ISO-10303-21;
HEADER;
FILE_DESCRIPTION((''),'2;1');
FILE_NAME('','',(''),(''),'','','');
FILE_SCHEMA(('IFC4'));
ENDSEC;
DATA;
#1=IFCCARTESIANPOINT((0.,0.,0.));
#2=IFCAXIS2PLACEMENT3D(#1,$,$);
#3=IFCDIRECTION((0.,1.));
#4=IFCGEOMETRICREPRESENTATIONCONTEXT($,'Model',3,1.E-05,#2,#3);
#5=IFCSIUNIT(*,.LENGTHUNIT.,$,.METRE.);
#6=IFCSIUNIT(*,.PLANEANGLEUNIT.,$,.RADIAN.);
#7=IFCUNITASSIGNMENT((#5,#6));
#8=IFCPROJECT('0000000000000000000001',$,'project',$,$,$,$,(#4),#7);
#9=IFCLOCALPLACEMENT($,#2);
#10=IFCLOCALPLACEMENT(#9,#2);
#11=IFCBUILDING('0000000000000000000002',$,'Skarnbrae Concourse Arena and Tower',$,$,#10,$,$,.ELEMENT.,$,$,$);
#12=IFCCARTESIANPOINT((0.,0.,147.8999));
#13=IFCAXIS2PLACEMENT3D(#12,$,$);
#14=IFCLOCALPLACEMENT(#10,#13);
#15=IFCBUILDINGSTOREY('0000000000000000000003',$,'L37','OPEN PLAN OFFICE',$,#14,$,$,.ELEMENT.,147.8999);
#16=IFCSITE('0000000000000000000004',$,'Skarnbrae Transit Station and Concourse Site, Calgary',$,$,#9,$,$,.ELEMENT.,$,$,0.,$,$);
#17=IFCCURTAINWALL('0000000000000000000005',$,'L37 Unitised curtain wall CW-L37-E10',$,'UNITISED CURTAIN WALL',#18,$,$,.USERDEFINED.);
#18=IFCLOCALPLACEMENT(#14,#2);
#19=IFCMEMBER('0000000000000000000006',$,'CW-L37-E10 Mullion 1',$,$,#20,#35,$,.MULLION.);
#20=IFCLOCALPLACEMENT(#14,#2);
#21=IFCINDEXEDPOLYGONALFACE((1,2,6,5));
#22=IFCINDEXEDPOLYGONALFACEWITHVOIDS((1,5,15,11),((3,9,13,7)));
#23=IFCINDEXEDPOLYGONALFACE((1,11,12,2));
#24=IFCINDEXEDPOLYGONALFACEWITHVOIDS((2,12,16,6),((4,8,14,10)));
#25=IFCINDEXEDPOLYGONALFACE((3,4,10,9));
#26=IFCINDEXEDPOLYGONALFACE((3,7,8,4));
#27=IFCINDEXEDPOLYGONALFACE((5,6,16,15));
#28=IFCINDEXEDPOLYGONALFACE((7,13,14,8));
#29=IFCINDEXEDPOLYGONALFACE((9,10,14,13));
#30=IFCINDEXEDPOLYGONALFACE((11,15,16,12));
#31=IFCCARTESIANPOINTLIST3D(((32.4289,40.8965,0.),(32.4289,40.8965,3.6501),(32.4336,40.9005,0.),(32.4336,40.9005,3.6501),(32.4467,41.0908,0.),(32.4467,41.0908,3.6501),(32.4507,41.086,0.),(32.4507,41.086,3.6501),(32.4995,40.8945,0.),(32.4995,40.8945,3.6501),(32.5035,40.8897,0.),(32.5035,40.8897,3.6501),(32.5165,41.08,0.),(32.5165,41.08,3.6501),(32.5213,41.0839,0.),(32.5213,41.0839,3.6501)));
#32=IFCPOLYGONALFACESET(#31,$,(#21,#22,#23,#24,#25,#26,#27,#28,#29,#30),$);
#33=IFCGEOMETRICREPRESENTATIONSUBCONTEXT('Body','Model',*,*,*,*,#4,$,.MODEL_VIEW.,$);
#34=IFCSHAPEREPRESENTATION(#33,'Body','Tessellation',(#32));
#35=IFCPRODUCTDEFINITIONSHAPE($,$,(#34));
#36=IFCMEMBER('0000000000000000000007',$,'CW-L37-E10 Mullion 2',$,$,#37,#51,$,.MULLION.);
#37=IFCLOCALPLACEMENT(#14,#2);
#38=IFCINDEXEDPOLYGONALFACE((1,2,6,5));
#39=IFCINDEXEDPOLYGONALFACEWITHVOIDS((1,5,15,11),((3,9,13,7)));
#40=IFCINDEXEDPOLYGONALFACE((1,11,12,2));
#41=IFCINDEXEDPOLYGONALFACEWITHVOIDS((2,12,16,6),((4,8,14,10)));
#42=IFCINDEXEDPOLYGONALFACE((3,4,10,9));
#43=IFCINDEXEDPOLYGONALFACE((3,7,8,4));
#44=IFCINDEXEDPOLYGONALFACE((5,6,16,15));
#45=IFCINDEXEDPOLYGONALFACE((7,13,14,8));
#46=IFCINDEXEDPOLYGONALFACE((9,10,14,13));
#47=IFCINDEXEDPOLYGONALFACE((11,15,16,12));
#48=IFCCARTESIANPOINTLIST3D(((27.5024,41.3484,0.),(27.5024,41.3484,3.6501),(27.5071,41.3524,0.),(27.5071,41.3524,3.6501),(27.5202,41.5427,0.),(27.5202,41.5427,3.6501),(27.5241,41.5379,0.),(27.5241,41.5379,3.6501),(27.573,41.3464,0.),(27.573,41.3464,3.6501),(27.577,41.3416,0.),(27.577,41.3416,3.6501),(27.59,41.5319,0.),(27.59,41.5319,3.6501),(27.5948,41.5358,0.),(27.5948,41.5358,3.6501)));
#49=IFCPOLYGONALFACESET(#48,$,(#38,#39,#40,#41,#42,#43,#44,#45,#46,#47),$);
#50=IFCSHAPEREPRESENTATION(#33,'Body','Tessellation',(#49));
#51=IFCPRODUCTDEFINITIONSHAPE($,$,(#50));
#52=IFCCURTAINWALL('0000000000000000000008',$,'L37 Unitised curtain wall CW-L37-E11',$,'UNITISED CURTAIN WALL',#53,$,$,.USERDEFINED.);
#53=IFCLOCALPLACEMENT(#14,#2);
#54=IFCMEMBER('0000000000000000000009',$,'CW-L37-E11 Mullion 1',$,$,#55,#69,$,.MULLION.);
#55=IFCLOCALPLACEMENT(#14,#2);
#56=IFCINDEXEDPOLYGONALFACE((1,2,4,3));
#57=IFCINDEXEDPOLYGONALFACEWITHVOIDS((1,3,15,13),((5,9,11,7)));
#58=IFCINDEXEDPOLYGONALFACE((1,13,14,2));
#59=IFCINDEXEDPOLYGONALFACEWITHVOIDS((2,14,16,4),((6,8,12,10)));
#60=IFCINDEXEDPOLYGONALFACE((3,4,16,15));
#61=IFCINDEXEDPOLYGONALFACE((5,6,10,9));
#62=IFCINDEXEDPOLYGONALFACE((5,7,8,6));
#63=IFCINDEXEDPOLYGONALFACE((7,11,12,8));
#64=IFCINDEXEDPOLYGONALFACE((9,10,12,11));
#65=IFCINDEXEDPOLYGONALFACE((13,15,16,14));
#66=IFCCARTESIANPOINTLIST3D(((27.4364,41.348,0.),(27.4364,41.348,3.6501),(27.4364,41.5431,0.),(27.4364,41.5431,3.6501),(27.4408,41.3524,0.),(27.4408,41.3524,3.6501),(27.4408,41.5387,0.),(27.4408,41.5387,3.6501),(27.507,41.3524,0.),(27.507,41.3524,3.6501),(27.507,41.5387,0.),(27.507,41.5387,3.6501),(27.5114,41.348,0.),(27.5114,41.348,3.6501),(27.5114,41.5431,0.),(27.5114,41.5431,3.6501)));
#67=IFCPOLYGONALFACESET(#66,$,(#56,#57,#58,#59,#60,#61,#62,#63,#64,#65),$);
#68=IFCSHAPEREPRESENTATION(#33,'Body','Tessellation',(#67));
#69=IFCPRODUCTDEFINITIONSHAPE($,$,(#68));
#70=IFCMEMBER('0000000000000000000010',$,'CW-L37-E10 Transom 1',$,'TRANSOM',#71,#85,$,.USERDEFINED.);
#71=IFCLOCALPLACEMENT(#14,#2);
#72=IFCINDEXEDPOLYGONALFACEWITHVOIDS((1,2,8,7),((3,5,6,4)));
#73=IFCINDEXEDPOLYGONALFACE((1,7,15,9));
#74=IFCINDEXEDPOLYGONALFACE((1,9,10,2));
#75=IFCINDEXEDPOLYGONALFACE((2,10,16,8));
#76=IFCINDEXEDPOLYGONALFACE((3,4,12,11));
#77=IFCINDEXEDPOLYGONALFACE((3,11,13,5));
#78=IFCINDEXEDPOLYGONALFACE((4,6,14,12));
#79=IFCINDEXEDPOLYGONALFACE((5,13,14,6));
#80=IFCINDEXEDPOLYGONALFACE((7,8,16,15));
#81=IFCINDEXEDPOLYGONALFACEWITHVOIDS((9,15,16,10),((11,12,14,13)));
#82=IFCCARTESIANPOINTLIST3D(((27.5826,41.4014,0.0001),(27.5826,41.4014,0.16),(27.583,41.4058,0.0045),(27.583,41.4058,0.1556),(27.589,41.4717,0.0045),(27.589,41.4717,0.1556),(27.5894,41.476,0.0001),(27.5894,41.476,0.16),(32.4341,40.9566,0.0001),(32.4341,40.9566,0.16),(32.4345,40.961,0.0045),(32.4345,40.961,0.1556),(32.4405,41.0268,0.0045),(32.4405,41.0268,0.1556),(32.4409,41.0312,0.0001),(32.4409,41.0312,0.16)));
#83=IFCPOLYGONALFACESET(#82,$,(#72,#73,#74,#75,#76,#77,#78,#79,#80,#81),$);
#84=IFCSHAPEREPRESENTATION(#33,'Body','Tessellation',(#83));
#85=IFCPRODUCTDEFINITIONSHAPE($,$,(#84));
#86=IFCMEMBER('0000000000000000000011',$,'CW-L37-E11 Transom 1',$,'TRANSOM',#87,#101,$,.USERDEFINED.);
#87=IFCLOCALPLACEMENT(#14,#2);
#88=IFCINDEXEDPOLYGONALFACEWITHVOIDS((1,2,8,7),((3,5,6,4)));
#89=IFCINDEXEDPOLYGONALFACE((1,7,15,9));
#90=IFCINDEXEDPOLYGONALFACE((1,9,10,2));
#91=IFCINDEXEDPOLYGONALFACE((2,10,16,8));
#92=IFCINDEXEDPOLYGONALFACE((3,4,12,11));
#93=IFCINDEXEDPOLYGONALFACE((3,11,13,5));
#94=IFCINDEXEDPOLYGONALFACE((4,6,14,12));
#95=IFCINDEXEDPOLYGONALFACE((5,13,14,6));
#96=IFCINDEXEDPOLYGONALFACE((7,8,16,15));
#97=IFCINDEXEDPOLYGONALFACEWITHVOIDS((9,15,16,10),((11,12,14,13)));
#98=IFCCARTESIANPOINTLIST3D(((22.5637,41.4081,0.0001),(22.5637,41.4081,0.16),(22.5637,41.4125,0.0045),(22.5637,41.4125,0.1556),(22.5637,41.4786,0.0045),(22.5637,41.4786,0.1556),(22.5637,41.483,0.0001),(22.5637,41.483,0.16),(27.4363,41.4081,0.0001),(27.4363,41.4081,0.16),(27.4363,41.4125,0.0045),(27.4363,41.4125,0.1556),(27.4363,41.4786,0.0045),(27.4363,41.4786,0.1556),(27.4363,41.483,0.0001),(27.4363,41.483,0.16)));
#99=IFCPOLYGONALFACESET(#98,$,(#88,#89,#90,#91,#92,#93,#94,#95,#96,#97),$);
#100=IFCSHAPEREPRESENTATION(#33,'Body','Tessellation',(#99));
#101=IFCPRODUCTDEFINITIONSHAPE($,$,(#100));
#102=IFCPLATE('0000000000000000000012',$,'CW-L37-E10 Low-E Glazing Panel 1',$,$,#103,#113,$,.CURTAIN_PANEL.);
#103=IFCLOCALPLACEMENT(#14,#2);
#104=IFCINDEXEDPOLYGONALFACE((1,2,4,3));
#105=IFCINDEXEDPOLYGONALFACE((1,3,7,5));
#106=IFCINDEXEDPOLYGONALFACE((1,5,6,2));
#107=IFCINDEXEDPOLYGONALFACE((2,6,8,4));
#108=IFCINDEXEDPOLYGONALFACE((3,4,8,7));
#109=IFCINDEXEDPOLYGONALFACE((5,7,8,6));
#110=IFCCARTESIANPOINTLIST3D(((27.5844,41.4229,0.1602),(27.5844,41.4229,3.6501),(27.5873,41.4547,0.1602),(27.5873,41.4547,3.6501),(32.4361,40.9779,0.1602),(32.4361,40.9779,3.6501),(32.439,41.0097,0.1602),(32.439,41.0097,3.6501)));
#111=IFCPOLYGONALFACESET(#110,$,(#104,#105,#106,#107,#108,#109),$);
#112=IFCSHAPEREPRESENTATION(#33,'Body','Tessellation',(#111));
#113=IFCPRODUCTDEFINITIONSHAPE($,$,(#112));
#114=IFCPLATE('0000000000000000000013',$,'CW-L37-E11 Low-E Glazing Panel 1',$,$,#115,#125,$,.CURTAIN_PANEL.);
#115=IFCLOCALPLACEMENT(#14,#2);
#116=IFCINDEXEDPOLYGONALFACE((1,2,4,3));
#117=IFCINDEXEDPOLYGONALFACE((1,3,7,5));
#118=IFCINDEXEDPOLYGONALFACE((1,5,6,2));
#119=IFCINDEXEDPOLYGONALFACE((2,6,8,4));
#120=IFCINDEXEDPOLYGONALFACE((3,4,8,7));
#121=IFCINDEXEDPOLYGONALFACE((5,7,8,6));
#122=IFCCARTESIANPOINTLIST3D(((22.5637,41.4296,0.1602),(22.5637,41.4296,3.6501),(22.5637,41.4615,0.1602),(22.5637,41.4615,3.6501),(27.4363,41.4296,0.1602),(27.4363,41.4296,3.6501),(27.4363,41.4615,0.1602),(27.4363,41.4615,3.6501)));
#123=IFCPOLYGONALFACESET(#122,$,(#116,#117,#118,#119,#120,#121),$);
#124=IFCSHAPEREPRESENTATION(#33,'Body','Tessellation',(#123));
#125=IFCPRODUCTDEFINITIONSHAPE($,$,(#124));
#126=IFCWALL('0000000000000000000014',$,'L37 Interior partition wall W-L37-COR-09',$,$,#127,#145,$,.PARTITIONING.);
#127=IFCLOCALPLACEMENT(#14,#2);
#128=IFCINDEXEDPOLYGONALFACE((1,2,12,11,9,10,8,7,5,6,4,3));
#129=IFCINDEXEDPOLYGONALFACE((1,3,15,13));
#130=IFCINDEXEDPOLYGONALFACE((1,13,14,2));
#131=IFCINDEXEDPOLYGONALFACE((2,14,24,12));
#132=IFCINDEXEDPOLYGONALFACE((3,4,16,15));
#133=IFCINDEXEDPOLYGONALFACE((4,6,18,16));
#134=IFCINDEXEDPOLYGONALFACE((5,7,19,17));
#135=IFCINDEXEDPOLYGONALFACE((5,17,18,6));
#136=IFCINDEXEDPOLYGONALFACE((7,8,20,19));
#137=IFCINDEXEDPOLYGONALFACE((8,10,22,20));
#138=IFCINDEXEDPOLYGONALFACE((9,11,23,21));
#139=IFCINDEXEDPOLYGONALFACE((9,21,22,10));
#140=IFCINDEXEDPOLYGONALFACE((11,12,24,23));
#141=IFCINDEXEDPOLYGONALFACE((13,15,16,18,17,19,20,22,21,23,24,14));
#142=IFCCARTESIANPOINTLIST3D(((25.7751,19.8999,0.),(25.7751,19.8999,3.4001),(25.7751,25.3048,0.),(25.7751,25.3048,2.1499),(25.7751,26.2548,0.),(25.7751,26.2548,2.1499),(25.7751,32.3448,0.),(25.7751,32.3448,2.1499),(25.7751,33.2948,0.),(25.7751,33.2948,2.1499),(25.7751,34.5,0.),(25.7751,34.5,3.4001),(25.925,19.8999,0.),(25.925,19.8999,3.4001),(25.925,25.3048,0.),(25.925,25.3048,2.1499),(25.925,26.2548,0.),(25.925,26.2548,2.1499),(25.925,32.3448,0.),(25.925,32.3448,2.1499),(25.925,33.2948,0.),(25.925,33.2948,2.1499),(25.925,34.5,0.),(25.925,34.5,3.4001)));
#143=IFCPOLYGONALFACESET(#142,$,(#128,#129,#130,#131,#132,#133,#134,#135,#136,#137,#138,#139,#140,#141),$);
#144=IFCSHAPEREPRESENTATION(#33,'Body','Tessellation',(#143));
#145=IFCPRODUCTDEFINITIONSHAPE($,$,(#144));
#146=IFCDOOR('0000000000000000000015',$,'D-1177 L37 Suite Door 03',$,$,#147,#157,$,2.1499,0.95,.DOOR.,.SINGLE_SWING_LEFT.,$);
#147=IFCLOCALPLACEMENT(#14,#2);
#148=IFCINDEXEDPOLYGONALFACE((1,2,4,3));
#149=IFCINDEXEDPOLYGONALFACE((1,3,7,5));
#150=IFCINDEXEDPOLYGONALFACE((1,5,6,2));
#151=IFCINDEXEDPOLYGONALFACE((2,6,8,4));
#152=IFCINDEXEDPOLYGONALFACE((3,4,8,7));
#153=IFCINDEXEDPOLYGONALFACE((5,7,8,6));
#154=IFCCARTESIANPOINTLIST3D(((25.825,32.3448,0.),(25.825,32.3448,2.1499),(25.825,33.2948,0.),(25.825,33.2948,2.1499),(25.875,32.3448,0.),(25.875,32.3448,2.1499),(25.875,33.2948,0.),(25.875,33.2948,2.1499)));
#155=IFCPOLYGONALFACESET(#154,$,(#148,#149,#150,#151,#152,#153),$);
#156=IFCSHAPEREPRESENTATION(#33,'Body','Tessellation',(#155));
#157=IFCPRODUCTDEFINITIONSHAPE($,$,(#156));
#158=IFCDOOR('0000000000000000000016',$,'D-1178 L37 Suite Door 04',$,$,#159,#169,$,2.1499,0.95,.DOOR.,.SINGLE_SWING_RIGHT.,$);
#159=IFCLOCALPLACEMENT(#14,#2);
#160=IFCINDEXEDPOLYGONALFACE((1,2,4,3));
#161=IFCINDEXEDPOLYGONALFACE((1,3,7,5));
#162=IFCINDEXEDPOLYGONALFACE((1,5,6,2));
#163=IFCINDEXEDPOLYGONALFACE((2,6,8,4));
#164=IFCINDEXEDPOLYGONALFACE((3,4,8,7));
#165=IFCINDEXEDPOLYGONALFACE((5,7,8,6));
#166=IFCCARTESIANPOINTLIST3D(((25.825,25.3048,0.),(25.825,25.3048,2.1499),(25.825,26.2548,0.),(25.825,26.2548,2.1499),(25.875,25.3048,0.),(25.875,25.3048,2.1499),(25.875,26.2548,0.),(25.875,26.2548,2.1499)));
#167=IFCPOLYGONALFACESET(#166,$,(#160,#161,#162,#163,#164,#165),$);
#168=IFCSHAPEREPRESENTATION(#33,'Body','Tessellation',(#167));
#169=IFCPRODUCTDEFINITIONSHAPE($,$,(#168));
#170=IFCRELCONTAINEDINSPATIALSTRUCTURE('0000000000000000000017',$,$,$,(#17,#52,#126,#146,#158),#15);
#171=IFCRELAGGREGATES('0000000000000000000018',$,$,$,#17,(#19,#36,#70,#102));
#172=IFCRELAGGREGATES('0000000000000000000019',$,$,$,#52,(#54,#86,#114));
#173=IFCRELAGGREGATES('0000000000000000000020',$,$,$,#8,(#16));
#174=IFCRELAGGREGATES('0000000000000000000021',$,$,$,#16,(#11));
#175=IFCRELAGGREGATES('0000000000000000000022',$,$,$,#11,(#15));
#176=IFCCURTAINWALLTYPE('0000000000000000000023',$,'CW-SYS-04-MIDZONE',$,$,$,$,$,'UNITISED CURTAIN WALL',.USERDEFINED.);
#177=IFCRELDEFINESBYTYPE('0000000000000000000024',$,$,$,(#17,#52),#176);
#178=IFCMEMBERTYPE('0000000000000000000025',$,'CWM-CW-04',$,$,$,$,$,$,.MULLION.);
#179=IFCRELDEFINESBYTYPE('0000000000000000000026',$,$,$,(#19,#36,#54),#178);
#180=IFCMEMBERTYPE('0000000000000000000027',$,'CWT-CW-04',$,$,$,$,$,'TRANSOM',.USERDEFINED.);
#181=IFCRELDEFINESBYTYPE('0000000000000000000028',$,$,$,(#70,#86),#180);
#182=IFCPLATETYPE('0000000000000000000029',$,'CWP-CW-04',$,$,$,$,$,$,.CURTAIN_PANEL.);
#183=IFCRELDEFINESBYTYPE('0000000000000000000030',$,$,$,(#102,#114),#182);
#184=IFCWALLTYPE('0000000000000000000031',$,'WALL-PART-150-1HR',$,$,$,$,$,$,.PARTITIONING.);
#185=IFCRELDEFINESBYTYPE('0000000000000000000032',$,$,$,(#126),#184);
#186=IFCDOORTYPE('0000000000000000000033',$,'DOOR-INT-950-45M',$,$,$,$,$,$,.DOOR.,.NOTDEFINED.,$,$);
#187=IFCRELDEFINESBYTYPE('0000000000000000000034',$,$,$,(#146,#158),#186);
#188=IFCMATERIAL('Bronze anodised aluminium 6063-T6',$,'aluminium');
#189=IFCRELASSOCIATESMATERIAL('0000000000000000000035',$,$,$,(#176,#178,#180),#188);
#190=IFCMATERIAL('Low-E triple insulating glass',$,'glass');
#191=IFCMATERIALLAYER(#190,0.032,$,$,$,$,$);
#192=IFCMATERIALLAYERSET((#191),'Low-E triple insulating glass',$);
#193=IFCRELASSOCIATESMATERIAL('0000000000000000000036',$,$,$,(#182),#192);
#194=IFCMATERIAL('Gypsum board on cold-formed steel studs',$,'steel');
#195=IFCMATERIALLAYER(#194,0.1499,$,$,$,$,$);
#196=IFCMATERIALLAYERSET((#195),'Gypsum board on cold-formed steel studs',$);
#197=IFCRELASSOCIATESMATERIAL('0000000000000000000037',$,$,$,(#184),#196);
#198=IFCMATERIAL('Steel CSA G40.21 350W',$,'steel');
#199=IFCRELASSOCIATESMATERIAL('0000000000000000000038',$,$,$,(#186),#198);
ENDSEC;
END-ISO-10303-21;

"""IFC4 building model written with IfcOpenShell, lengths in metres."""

from ifc_helpers import new_model, si_unit, direction, frame, frame_2d, origin, origin_2d, place, context, subcontext, project, spatial, rectangle, hollow_rectangle, extrude, source, transform, mapped, material, layer, layer_set, material_profile, profile_set, type_object, element, fill, aggregate, save


model = new_model("IFC4")

# Units and contexts
model_context = context("Model", 3, precision=1e-05, world=origin(), true_north=direction((0.0, 1.0)))
body_context = subcontext(model_context, "Body", "Model", "MODEL_VIEW")
ifc_project = project(units=[si_unit("LENGTHUNIT", "METRE"), si_unit("PLANEANGLEUNIT", "RADIAN")], contexts=[model_context])

# Site, building, storey
site_placement = place(None, origin())
site = spatial("IfcSite", under=ifc_project, at=site_placement, Name="Skarnbrae Transit Station and Concourse Site, Calgary", CompositionType="ELEMENT", RefElevation=0.0)
building_placement = place(site_placement, origin())
building = spatial("IfcBuilding", under=site, at=building_placement, Name="Skarnbrae Concourse Arena and Tower", CompositionType="ELEMENT")
storey_placement = place(building_placement, frame((0.0, 0.0, 147.8999)))
storey = spatial("IfcBuildingStorey", under=building, at=storey_placement, Name="L37", Description="OPEN PLAN OFFICE", CompositionType="ELEMENT", Elevation=147.8999)

# Shared definitions
ifc_material_1 = material(Name="Steel CSA G40.21 350W", Category="steel")

# Shared definitions
ifc_material_2 = material(Name="Bronze anodised aluminium 6063-T6", Category="aluminium")
curtain_wall_type = type_object("IfcCurtainWallType", Name="CW-SYS-04-MIDZONE", ElementType="UNITISED CURTAIN WALL", PredefinedType="USERDEFINED", material=ifc_material_2)
ifc_material_profile_1 = material_profile(ifc_material_2, hollow_rectangle(XDim=0.075, YDim=0.1951, WallThickness=0.0044, at=origin_2d()), Name="ALU-MULL-75X195")
ifc_profile_set_1 = profile_set([ifc_material_profile_1], Name="Bronze anodised aluminium 6063-T6")
member_type_1 = type_object("IfcMemberType", Name="CWM-CW-04", PredefinedType="MULLION", material=ifc_profile_set_1)
shared_shape_1 = source(origin(), body_context, "Body", "SweptSolid", [
    extrude(hollow_rectangle(XDim=0.075, YDim=0.1951, WallThickness=0.0044, at=origin_2d()), origin(), (0.0, 0.0, 1.0), 3.6501),
])

# Curtain wall, members
curtain_wall_1_placement = place(storey_placement, origin())
curtain_wall_1 = element("IfcCurtainWall", 1, at=curtain_wall_1_placement, inside=storey, type_object=curtain_wall_type, Name="L37 Unitised curtain wall CW-L37-E10", ObjectType="UNITISED CURTAIN WALL", PredefinedType="USERDEFINED")
member_1_placement = place(storey_placement, frame((32.4751, 40.9902, 0.0), z_axis=(0.0, 0.0, 1.0), x_axis=(-0.99582, 0.091338, 0.0)))
member_1 = element("IfcMember", 2, at=member_1_placement, type_object=member_type_1, Name="CW-L37-E10 Mullion 1", PredefinedType="MULLION", context=body_context, shape_type="MappedRepresentation", body=[
    mapped(shared_shape_1, transform((0.0, 0.0, 0.0))),
])
member_2_placement = place(storey_placement, frame((27.5486, 41.4421, 0.0), z_axis=(0.0, 0.0, 1.0), x_axis=(-0.99582, 0.091338, 0.0)))
member_2 = element("IfcMember", 3, at=member_2_placement, type_object=member_type_1, Name="CW-L37-E10 Mullion 2", PredefinedType="MULLION", context=body_context, shape_type="MappedRepresentation", body=[
    mapped(shared_shape_1, transform((0.0, 0.0, 0.0))),
])

# Curtain wall, member
curtain_wall_2_placement = place(storey_placement, origin())
curtain_wall_2 = element("IfcCurtainWall", 4, at=curtain_wall_2_placement, inside=storey, type_object=curtain_wall_type, Name="L37 Unitised curtain wall CW-L37-E11", ObjectType="UNITISED CURTAIN WALL", PredefinedType="USERDEFINED")
member_3_placement = place(storey_placement, frame((27.4739, 41.4456, 0.0), z_axis=(0.0, 0.0, 1.0), x_axis=(-1.0, 0.0, 0.0)))
member_3 = element("IfcMember", 5, at=member_3_placement, type_object=member_type_1, Name="CW-L37-E11 Mullion 1", PredefinedType="MULLION", context=body_context, shape_type="MappedRepresentation", body=[
    mapped(shared_shape_1, transform((0.0, 0.0, 0.0))),
])

# Members
ifc_material_profile_2 = material_profile(ifc_material_2, hollow_rectangle(XDim=0.075, YDim=0.1599, WallThickness=0.0044, at=origin_2d()), Name="ALU-TRAN-75X160")
ifc_profile_set_2 = profile_set([ifc_material_profile_2], Name="Bronze anodised aluminium 6063-T6")
member_type_2 = type_object("IfcMemberType", Name="CWT-CW-04", ElementType="TRANSOM", PredefinedType="USERDEFINED", material=ifc_profile_set_2)
shared_shape_2 = source(origin(), body_context, "Body", "SweptSolid", [
    extrude(hollow_rectangle(XDim=0.075, YDim=0.1599, WallThickness=0.0044, at=origin_2d()), origin(), (0.0, 0.0, 1.0), 4.8718),
])
member_4_placement = place(storey_placement, frame((32.4375, 40.9939, 0.0801), z_axis=(-0.995823, 0.091304, 0.0), x_axis=(-0.091304, -0.995823, 0.0)))
member_4 = element("IfcMember", 6, at=member_4_placement, type_object=member_type_2, Name="CW-L37-E10 Transom 1", ObjectType="TRANSOM", PredefinedType="USERDEFINED", context=body_context, shape_type="MappedRepresentation", body=[
    mapped(shared_shape_2, transform((0.0, 0.0, 0.0))),
])
shared_shape_3 = source(origin(), body_context, "Body", "SweptSolid", [
    extrude(hollow_rectangle(XDim=0.075, YDim=0.1599, WallThickness=0.0044, at=origin_2d()), origin(), (0.0, 0.0, 1.0), 4.8726),
])
member_5_placement = place(storey_placement, frame((27.4363, 41.4456, 0.0801), z_axis=(-1.0, 0.0, 0.0), x_axis=(0.0, -1.0, 0.0)))
member_5 = element("IfcMember", 7, at=member_5_placement, type_object=member_type_2, Name="CW-L37-E11 Transom 1", ObjectType="TRANSOM", PredefinedType="USERDEFINED", context=body_context, shape_type="MappedRepresentation", body=[
    mapped(shared_shape_3, transform((0.0, 0.0, 0.0))),
])

# Plates
ifc_material_3 = material(Name="Low-E triple insulating glass", Category="glass")
ifc_layer_1 = layer(ifc_material_3, 0.032)
ifc_layer_set_1 = layer_set([ifc_layer_1], Name="Low-E triple insulating glass")
plate_type = type_object("IfcPlateType", Name="CWP-CW-04", PredefinedType="CURTAIN_PANEL", material=ifc_layer_set_1)
shared_shape_4 = source(origin(), body_context, "Body", "SweptSolid", [
    extrude(rectangle(XDim=4.8721, YDim=0.032, at=origin_2d()), origin(), (0.0, 0.0, 1.0), 3.49),
])
plate_1_placement = place(storey_placement, frame((30.0117, 41.2163, 0.1602), z_axis=(0.0, 0.0, 1.0), x_axis=(-0.99582, 0.091338, 0.0)))
plate_1 = element("IfcPlate", 8, at=plate_1_placement, type_object=plate_type, Name="CW-L37-E10 Low-E Glazing Panel 1", PredefinedType="CURTAIN_PANEL", context=body_context, shape_type="MappedRepresentation", body=[
    mapped(shared_shape_4, transform((0.0, 0.0, 0.0))),
])
aggregate(curtain_wall_1, [member_1, member_2, member_4, plate_1])
shared_shape_5 = source(origin(), body_context, "Body", "SweptSolid", [
    extrude(rectangle(XDim=4.8726, YDim=0.032, at=origin_2d()), origin(), (0.0, 0.0, 1.0), 3.49),
])
plate_2_placement = place(storey_placement, frame((25.0, 41.4456, 0.1602), z_axis=(0.0, 0.0, 1.0), x_axis=(-1.0, 0.0, 0.0)))
plate_2 = element("IfcPlate", 9, at=plate_2_placement, type_object=plate_type, Name="CW-L37-E11 Low-E Glazing Panel 1", PredefinedType="CURTAIN_PANEL", context=body_context, shape_type="MappedRepresentation", body=[
    mapped(shared_shape_5, transform((0.0, 0.0, 0.0))),
])
aggregate(curtain_wall_2, [member_3, member_5, plate_2])

# Wall, openings, doors
ifc_material_4 = material(Name="Gypsum board on cold-formed steel studs", Category="steel")
ifc_layer_2 = layer(ifc_material_4, 0.1499)
ifc_layer_set_2 = layer_set([ifc_layer_2], Name="Gypsum board on cold-formed steel studs")
wall_type = type_object("IfcWallType", Name="WALL-PART-150-1HR", PredefinedType="PARTITIONING", material=ifc_layer_set_2)
shared_shape_6 = source(origin(), body_context, "Body", "SweptSolid", [
    extrude(rectangle(XDim=14.6001, YDim=0.1499, at=frame_2d((7.3, 0.0))), origin(), (0.0, 0.0, 1.0), 3.4001),
])
wall_1_placement = place(storey_placement, frame((25.8501, 34.5, 0.0), z_axis=(0.0, 0.0, 1.0), x_axis=(0.0, -1.0, 0.0)))
wall_1 = element("IfcWall", 10, at=wall_1_placement, inside=storey, type_object=wall_type, Name="L37 Interior partition wall W-L37-COR-09", PredefinedType="PARTITIONING", context=body_context, shape_type="MappedRepresentation", body=[
    mapped(shared_shape_6, transform((0.0, 0.0, 0.0))),
])
opening_1_placement = place(wall_1_placement, frame((1.2051, 0.0, 0.0)))
opening_1 = element("IfcOpeningElement", 11, at=opening_1_placement, cuts=wall_1, PredefinedType="OPENING", context=body_context, shape_type="SweptSolid", body=[
    extrude(rectangle(XDim=0.95, YDim=2.1499, at=frame_2d((0.4751, 1.075))), frame((0.0, 0.085, 0.0), z_axis=(0.0, -1.0, 0.0), x_axis=(1.0, 0.0, 0.0)), (0.0, 0.0, 1.0), 0.1699),
])
opening_2_placement = place(wall_1_placement, frame((8.2451, 0.0, 0.0)))
opening_2 = element("IfcOpeningElement", 12, at=opening_2_placement, cuts=wall_1, PredefinedType="OPENING", context=body_context, shape_type="SweptSolid", body=[
    extrude(rectangle(XDim=0.95, YDim=2.1499, at=frame_2d((0.4751, 1.075))), frame((0.0, 0.085, 0.0), z_axis=(0.0, -1.0, 0.0), x_axis=(1.0, 0.0, 0.0)), (0.0, 0.0, 1.0), 0.1699),
])
door_type = type_object("IfcDoorType", Name="DOOR-INT-950-45M", OperationType="NOTDEFINED", PredefinedType="DOOR", material=ifc_material_1)
shared_shape_7 = source(origin(), body_context, "Body", "SweptSolid", [
    extrude(rectangle(XDim=0.95, YDim=2.1499, at=frame_2d((0.4751, 1.075))), frame((0.0, 0.0249, 0.0), z_axis=(0.0, -1.0, 0.0), x_axis=(1.0, 0.0, 0.0)), (0.0, 0.0, 1.0), 0.05),
])
door_1_placement = place(opening_1_placement, origin())
door_1 = element("IfcDoor", 13, at=door_1_placement, inside=storey, type_object=door_type, Name="D-1177 L37 Suite Door 03", OperationType="SINGLE_SWING_LEFT", OverallHeight=2.1499, OverallWidth=0.95, PredefinedType="DOOR", context=body_context, shape_type="MappedRepresentation", body=[
    mapped(shared_shape_7, transform((0.0, 0.0, 0.0))),
])
fill(opening_1, door_1)
door_2_placement = place(opening_2_placement, origin())
door_2 = element("IfcDoor", 14, at=door_2_placement, inside=storey, type_object=door_type, Name="D-1178 L37 Suite Door 04", OperationType="SINGLE_SWING_RIGHT", OverallHeight=2.1499, OverallWidth=0.95, PredefinedType="DOOR", context=body_context, shape_type="MappedRepresentation", body=[
    mapped(shared_shape_7, transform((0.0, 0.0, 0.0))),
])
fill(opening_2, door_2)

save(model, "model.ifc")
